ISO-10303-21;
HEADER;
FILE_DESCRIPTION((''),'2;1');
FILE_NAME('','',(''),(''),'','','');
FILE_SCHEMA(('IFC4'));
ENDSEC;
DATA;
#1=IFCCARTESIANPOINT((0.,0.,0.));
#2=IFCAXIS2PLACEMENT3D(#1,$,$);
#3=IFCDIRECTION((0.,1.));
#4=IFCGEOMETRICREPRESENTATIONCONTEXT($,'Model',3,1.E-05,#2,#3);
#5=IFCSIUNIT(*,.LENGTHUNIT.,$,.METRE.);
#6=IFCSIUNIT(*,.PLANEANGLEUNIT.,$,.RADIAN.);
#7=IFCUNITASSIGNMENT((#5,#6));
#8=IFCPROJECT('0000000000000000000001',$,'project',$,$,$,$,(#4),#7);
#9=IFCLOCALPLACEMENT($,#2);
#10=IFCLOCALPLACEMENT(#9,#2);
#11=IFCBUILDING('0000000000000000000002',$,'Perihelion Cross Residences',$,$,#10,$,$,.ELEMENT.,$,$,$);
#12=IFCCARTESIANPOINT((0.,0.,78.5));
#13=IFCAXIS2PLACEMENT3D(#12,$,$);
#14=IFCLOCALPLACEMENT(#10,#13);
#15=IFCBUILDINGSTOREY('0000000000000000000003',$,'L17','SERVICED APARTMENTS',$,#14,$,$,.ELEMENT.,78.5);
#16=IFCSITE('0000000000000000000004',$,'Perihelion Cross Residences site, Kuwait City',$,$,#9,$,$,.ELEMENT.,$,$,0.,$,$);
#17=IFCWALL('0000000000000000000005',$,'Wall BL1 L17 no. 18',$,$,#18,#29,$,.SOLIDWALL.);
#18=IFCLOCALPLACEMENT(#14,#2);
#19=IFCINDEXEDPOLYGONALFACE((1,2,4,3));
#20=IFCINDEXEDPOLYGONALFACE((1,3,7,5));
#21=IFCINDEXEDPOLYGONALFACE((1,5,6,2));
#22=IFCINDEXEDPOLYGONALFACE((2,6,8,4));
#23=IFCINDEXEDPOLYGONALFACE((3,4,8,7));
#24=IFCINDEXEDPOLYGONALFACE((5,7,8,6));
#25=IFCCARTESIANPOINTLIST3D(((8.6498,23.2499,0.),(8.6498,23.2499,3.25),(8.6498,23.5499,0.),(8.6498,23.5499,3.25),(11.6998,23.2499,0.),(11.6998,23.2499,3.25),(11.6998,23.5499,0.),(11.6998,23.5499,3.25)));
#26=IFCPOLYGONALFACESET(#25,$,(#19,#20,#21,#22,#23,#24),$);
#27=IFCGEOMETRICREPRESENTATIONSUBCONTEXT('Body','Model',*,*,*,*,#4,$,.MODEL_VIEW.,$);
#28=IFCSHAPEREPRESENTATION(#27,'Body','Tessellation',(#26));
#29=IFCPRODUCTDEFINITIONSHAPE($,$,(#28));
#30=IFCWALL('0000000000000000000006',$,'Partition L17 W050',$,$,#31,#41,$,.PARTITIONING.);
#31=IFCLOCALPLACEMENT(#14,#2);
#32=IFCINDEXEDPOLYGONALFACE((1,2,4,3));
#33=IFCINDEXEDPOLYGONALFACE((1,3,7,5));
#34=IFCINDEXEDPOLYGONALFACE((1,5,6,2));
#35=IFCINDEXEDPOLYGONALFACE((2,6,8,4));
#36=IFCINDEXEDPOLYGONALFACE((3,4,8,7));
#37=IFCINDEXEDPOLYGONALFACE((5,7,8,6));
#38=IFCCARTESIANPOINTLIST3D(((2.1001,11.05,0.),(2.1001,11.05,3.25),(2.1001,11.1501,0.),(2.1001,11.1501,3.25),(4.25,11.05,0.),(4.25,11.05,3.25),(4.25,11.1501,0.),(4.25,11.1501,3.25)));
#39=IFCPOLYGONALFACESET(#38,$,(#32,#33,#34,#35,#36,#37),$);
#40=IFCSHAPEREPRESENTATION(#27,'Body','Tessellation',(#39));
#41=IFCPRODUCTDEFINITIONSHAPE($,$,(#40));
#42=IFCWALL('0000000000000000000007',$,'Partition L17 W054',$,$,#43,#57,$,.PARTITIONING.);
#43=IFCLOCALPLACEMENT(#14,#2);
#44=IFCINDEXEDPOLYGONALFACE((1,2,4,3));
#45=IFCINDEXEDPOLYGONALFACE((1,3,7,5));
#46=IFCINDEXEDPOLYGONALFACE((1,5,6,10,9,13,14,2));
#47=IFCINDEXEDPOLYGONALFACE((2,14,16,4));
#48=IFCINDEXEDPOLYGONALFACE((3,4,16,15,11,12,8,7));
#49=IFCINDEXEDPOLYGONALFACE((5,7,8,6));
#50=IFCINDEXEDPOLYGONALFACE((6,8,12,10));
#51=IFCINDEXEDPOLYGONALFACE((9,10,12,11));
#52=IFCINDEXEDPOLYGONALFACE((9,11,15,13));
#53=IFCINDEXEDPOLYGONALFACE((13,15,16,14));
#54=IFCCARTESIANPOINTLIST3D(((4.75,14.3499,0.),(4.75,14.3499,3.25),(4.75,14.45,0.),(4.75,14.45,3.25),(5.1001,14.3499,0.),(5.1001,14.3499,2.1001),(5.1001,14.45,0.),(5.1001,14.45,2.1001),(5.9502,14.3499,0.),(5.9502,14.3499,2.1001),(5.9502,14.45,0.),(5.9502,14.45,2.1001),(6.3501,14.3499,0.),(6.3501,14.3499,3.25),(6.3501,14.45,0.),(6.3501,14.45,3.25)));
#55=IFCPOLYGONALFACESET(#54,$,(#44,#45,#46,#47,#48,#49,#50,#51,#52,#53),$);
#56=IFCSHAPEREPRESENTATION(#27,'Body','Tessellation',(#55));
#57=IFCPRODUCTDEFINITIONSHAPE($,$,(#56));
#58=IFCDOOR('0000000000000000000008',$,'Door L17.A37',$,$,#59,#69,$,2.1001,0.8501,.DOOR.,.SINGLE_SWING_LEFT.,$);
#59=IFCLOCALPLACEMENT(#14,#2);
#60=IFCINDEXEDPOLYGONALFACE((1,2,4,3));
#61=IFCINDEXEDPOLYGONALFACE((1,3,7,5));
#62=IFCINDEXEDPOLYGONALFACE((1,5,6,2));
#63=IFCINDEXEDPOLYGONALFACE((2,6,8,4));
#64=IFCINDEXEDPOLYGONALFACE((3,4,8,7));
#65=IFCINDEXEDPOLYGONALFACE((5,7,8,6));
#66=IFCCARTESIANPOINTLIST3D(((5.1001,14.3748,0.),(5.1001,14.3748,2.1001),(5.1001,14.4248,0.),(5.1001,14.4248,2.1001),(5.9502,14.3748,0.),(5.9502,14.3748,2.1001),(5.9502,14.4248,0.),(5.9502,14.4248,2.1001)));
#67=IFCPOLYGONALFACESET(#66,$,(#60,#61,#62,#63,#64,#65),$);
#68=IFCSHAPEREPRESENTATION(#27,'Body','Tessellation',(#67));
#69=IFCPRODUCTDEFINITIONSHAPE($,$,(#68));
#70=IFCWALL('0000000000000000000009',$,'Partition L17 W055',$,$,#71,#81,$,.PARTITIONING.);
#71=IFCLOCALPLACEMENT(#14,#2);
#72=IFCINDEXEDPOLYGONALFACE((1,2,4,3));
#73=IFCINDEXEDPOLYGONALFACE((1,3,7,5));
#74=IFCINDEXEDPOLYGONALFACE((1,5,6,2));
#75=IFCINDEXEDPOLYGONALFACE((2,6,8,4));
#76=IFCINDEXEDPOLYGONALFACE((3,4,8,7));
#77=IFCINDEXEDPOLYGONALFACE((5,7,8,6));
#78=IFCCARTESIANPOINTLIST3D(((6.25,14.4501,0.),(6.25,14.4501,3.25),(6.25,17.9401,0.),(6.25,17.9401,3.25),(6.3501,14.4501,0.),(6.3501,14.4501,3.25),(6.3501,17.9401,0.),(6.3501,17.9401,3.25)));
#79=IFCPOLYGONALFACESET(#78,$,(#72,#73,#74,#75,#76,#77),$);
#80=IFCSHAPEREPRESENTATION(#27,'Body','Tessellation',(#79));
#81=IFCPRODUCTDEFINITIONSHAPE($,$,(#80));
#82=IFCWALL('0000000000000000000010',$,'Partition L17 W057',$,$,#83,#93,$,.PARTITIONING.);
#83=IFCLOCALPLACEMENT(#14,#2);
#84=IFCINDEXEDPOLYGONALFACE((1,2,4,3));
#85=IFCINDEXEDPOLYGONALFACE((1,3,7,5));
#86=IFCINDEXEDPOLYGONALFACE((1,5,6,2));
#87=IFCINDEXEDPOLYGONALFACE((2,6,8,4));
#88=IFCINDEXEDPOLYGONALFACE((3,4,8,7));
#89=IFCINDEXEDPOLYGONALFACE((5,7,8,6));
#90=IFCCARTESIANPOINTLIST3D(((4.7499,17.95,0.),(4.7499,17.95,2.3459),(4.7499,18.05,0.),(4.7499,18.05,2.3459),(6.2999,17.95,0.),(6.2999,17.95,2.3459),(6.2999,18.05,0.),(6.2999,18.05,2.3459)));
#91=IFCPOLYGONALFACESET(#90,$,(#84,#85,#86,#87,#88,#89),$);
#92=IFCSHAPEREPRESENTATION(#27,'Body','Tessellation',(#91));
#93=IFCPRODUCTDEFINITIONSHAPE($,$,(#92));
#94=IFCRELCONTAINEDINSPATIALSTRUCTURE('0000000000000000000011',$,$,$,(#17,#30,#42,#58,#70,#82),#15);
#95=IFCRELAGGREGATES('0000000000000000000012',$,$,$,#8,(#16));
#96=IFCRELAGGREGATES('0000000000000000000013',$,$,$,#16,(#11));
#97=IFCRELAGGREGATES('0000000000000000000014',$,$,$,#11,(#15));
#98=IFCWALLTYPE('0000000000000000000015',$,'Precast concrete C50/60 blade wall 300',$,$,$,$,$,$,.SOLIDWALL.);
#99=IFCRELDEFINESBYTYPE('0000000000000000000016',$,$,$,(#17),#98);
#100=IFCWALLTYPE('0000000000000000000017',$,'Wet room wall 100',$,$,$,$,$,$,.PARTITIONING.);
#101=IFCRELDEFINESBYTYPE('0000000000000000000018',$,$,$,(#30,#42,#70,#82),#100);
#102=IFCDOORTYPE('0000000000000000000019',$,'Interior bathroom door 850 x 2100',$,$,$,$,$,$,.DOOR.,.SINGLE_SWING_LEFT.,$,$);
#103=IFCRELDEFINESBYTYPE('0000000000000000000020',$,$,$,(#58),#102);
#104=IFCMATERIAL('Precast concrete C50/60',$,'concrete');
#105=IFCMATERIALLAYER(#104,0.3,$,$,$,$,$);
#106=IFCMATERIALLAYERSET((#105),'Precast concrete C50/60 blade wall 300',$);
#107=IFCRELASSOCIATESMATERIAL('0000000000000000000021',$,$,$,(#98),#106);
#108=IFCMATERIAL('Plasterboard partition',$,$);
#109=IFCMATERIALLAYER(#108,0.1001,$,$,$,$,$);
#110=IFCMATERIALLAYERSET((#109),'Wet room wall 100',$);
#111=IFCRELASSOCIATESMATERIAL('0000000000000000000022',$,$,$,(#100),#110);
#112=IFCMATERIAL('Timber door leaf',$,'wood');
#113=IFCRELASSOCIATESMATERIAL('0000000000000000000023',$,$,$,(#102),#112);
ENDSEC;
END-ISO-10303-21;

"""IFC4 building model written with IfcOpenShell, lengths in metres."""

from ifc_helpers import new_model, si_unit, direction, frame, frame_2d, origin, place, context, subcontext, project, spatial, rectangle, extrude, material, layer, layer_set, type_object, element, fill, save


model = new_model("IFC4")

# Units and contexts
model_context = context("Model", 3, precision=1e-05, world=origin(), true_north=direction((0.0, 1.0)))
body_context = subcontext(model_context, "Body", "Model", "MODEL_VIEW")
ifc_project = project(units=[si_unit("LENGTHUNIT", "METRE"), si_unit("PLANEANGLEUNIT", "RADIAN")], contexts=[model_context])

# Site, building, storey
site_placement = place(None, origin())
site = spatial("IfcSite", under=ifc_project, at=site_placement, Name="Perihelion Cross Residences site, Kuwait City", CompositionType="ELEMENT", RefElevation=0.0)
building_placement = place(site_placement, origin())
building = spatial("IfcBuilding", under=site, at=building_placement, Name="Perihelion Cross Residences", CompositionType="ELEMENT")
storey_placement = place(building_placement, frame((0.0, 0.0, 78.5)))
storey = spatial("IfcBuildingStorey", under=building, at=storey_placement, Name="L17", Description="SERVICED APARTMENTS", CompositionType="ELEMENT", Elevation=78.5)

# Walls
ifc_material_1 = material(Name="Precast concrete C50/60", Category="concrete")
ifc_layer_1 = layer(ifc_material_1, 0.3)
ifc_layer_set_1 = layer_set([ifc_layer_1], Name="Precast concrete C50/60 blade wall 300")
wall_type_1 = type_object("IfcWallType", Name="Precast concrete C50/60 blade wall 300", PredefinedType="SOLIDWALL", material=ifc_layer_set_1)
wall_1_placement = place(storey_placement, frame((8.6499, 23.3999, 0.0), z_axis=(0.0, 0.0, 1.0), x_axis=(1.0, 0.0, 0.0)))
element("IfcWall", 1, at=wall_1_placement, inside=storey, type_object=wall_type_1, Name="Wall BL1 L17 no. 18", PredefinedType="SOLIDWALL", context=body_context, shape_type="SweptSolid", body=[
    extrude(rectangle(XDim=3.05, YDim=0.3, at=frame_2d((1.5249, 0.0))), origin(), (0.0, 0.0, 1.0), 3.25),
])
ifc_material_2 = material(Name="Plasterboard partition")
ifc_layer_2 = layer(ifc_material_2, 0.1001)
ifc_layer_set_2 = layer_set([ifc_layer_2], Name="Wet room wall 100")
wall_type_2 = type_object("IfcWallType", Name="Wet room wall 100", PredefinedType="PARTITIONING", material=ifc_layer_set_2)
wall_2_placement = place(storey_placement, frame((2.1001, 11.1001, 0.0), z_axis=(0.0, 0.0, 1.0), x_axis=(1.0, 0.0, 0.0)))
element("IfcWall", 2, at=wall_2_placement, inside=storey, type_object=wall_type_2, Name="Partition L17 W050", PredefinedType="PARTITIONING", context=body_context, shape_type="SweptSolid", body=[
    extrude(rectangle(XDim=2.1499, YDim=0.1001, at=frame_2d((1.075, 0.0))), origin(), (0.0, 0.0, 1.0), 3.25),
])

# Wall, opening, door
wall_3_placement = place(storey_placement, frame((4.75, 14.3999, 0.0), z_axis=(0.0, 0.0, 1.0), x_axis=(1.0, 0.0, 0.0)))
wall_3 = element("IfcWall", 3, at=wall_3_placement, inside=storey, type_object=wall_type_2, Name="Partition L17 W054", PredefinedType="PARTITIONING", context=body_context, shape_type="SweptSolid", body=[
    extrude(rectangle(XDim=1.6001, YDim=0.1001, at=frame_2d((0.8, 0.0))), origin(), (0.0, 0.0, 1.0), 3.25),
])
opening_1_placement = place(wall_3_placement, frame((0.3501, 0.0, 0.0)))
opening_1 = element("IfcOpeningElement", 4, at=opening_1_placement, cuts=wall_3, PredefinedType="OPENING", context=body_context, shape_type="SweptSolid", body=[
    extrude(rectangle(XDim=0.8501, YDim=2.1001, at=frame_2d((0.425, 1.05))), frame((0.0, 0.0601, 0.0), z_axis=(0.0, -1.0, 0.0), x_axis=(1.0, 0.0, 0.0)), (0.0, 0.0, 1.0), 0.1201),
])
ifc_material_3 = material(Name="Timber door leaf", Category="wood")
door_type_1 = type_object("IfcDoorType", Name="Interior bathroom door 850 x 2100", OperationType="SINGLE_SWING_LEFT", PredefinedType="DOOR", material=ifc_material_3)
door_1_placement = place(opening_1_placement, origin())
door_1 = element("IfcDoor", 5, at=door_1_placement, inside=storey, type_object=door_type_1, Name="Door L17.A37", OperationType="SINGLE_SWING_LEFT", OverallHeight=2.1001, OverallWidth=0.8501, PredefinedType="DOOR", context=body_context, shape_type="SweptSolid", body=[
    extrude(rectangle(XDim=0.8501, YDim=2.1001, at=frame_2d((0.425, 1.05))), frame((0.0, 0.0249, 0.0), z_axis=(0.0, -1.0, 0.0), x_axis=(1.0, 0.0, 0.0)), (0.0, 0.0, 1.0), 0.05),
])
fill(opening_1, door_1)

# Walls
wall_4_placement = place(storey_placement, frame((6.3, 14.45, 0.0), z_axis=(0.0, 0.0, 1.0), x_axis=(0.0, 1.0, 0.0)))
element("IfcWall", 6, at=wall_4_placement, inside=storey, type_object=wall_type_2, Name="Partition L17 W055", PredefinedType="PARTITIONING", context=body_context, shape_type="SweptSolid", body=[
    extrude(rectangle(XDim=3.49, YDim=0.1001, at=frame_2d((1.7451, 0.0))), origin(), (0.0, 0.0, 1.0), 3.25),
])
wall_5_placement = place(storey_placement, frame((4.75, 18.0, 0.0), z_axis=(0.0, 0.0, 1.0), x_axis=(1.0, 0.0, 0.0)))
element("IfcWall", 7, at=wall_5_placement, inside=storey, type_object=wall_type_2, Name="Partition L17 W057", PredefinedType="PARTITIONING", context=body_context, shape_type="SweptSolid", body=[
    extrude(rectangle(XDim=1.55, YDim=0.1001, at=frame_2d((0.7749, 0.0))), origin(), (0.0, 0.0, 1.0), 2.3459),
])

save(model, "model.ifc")
